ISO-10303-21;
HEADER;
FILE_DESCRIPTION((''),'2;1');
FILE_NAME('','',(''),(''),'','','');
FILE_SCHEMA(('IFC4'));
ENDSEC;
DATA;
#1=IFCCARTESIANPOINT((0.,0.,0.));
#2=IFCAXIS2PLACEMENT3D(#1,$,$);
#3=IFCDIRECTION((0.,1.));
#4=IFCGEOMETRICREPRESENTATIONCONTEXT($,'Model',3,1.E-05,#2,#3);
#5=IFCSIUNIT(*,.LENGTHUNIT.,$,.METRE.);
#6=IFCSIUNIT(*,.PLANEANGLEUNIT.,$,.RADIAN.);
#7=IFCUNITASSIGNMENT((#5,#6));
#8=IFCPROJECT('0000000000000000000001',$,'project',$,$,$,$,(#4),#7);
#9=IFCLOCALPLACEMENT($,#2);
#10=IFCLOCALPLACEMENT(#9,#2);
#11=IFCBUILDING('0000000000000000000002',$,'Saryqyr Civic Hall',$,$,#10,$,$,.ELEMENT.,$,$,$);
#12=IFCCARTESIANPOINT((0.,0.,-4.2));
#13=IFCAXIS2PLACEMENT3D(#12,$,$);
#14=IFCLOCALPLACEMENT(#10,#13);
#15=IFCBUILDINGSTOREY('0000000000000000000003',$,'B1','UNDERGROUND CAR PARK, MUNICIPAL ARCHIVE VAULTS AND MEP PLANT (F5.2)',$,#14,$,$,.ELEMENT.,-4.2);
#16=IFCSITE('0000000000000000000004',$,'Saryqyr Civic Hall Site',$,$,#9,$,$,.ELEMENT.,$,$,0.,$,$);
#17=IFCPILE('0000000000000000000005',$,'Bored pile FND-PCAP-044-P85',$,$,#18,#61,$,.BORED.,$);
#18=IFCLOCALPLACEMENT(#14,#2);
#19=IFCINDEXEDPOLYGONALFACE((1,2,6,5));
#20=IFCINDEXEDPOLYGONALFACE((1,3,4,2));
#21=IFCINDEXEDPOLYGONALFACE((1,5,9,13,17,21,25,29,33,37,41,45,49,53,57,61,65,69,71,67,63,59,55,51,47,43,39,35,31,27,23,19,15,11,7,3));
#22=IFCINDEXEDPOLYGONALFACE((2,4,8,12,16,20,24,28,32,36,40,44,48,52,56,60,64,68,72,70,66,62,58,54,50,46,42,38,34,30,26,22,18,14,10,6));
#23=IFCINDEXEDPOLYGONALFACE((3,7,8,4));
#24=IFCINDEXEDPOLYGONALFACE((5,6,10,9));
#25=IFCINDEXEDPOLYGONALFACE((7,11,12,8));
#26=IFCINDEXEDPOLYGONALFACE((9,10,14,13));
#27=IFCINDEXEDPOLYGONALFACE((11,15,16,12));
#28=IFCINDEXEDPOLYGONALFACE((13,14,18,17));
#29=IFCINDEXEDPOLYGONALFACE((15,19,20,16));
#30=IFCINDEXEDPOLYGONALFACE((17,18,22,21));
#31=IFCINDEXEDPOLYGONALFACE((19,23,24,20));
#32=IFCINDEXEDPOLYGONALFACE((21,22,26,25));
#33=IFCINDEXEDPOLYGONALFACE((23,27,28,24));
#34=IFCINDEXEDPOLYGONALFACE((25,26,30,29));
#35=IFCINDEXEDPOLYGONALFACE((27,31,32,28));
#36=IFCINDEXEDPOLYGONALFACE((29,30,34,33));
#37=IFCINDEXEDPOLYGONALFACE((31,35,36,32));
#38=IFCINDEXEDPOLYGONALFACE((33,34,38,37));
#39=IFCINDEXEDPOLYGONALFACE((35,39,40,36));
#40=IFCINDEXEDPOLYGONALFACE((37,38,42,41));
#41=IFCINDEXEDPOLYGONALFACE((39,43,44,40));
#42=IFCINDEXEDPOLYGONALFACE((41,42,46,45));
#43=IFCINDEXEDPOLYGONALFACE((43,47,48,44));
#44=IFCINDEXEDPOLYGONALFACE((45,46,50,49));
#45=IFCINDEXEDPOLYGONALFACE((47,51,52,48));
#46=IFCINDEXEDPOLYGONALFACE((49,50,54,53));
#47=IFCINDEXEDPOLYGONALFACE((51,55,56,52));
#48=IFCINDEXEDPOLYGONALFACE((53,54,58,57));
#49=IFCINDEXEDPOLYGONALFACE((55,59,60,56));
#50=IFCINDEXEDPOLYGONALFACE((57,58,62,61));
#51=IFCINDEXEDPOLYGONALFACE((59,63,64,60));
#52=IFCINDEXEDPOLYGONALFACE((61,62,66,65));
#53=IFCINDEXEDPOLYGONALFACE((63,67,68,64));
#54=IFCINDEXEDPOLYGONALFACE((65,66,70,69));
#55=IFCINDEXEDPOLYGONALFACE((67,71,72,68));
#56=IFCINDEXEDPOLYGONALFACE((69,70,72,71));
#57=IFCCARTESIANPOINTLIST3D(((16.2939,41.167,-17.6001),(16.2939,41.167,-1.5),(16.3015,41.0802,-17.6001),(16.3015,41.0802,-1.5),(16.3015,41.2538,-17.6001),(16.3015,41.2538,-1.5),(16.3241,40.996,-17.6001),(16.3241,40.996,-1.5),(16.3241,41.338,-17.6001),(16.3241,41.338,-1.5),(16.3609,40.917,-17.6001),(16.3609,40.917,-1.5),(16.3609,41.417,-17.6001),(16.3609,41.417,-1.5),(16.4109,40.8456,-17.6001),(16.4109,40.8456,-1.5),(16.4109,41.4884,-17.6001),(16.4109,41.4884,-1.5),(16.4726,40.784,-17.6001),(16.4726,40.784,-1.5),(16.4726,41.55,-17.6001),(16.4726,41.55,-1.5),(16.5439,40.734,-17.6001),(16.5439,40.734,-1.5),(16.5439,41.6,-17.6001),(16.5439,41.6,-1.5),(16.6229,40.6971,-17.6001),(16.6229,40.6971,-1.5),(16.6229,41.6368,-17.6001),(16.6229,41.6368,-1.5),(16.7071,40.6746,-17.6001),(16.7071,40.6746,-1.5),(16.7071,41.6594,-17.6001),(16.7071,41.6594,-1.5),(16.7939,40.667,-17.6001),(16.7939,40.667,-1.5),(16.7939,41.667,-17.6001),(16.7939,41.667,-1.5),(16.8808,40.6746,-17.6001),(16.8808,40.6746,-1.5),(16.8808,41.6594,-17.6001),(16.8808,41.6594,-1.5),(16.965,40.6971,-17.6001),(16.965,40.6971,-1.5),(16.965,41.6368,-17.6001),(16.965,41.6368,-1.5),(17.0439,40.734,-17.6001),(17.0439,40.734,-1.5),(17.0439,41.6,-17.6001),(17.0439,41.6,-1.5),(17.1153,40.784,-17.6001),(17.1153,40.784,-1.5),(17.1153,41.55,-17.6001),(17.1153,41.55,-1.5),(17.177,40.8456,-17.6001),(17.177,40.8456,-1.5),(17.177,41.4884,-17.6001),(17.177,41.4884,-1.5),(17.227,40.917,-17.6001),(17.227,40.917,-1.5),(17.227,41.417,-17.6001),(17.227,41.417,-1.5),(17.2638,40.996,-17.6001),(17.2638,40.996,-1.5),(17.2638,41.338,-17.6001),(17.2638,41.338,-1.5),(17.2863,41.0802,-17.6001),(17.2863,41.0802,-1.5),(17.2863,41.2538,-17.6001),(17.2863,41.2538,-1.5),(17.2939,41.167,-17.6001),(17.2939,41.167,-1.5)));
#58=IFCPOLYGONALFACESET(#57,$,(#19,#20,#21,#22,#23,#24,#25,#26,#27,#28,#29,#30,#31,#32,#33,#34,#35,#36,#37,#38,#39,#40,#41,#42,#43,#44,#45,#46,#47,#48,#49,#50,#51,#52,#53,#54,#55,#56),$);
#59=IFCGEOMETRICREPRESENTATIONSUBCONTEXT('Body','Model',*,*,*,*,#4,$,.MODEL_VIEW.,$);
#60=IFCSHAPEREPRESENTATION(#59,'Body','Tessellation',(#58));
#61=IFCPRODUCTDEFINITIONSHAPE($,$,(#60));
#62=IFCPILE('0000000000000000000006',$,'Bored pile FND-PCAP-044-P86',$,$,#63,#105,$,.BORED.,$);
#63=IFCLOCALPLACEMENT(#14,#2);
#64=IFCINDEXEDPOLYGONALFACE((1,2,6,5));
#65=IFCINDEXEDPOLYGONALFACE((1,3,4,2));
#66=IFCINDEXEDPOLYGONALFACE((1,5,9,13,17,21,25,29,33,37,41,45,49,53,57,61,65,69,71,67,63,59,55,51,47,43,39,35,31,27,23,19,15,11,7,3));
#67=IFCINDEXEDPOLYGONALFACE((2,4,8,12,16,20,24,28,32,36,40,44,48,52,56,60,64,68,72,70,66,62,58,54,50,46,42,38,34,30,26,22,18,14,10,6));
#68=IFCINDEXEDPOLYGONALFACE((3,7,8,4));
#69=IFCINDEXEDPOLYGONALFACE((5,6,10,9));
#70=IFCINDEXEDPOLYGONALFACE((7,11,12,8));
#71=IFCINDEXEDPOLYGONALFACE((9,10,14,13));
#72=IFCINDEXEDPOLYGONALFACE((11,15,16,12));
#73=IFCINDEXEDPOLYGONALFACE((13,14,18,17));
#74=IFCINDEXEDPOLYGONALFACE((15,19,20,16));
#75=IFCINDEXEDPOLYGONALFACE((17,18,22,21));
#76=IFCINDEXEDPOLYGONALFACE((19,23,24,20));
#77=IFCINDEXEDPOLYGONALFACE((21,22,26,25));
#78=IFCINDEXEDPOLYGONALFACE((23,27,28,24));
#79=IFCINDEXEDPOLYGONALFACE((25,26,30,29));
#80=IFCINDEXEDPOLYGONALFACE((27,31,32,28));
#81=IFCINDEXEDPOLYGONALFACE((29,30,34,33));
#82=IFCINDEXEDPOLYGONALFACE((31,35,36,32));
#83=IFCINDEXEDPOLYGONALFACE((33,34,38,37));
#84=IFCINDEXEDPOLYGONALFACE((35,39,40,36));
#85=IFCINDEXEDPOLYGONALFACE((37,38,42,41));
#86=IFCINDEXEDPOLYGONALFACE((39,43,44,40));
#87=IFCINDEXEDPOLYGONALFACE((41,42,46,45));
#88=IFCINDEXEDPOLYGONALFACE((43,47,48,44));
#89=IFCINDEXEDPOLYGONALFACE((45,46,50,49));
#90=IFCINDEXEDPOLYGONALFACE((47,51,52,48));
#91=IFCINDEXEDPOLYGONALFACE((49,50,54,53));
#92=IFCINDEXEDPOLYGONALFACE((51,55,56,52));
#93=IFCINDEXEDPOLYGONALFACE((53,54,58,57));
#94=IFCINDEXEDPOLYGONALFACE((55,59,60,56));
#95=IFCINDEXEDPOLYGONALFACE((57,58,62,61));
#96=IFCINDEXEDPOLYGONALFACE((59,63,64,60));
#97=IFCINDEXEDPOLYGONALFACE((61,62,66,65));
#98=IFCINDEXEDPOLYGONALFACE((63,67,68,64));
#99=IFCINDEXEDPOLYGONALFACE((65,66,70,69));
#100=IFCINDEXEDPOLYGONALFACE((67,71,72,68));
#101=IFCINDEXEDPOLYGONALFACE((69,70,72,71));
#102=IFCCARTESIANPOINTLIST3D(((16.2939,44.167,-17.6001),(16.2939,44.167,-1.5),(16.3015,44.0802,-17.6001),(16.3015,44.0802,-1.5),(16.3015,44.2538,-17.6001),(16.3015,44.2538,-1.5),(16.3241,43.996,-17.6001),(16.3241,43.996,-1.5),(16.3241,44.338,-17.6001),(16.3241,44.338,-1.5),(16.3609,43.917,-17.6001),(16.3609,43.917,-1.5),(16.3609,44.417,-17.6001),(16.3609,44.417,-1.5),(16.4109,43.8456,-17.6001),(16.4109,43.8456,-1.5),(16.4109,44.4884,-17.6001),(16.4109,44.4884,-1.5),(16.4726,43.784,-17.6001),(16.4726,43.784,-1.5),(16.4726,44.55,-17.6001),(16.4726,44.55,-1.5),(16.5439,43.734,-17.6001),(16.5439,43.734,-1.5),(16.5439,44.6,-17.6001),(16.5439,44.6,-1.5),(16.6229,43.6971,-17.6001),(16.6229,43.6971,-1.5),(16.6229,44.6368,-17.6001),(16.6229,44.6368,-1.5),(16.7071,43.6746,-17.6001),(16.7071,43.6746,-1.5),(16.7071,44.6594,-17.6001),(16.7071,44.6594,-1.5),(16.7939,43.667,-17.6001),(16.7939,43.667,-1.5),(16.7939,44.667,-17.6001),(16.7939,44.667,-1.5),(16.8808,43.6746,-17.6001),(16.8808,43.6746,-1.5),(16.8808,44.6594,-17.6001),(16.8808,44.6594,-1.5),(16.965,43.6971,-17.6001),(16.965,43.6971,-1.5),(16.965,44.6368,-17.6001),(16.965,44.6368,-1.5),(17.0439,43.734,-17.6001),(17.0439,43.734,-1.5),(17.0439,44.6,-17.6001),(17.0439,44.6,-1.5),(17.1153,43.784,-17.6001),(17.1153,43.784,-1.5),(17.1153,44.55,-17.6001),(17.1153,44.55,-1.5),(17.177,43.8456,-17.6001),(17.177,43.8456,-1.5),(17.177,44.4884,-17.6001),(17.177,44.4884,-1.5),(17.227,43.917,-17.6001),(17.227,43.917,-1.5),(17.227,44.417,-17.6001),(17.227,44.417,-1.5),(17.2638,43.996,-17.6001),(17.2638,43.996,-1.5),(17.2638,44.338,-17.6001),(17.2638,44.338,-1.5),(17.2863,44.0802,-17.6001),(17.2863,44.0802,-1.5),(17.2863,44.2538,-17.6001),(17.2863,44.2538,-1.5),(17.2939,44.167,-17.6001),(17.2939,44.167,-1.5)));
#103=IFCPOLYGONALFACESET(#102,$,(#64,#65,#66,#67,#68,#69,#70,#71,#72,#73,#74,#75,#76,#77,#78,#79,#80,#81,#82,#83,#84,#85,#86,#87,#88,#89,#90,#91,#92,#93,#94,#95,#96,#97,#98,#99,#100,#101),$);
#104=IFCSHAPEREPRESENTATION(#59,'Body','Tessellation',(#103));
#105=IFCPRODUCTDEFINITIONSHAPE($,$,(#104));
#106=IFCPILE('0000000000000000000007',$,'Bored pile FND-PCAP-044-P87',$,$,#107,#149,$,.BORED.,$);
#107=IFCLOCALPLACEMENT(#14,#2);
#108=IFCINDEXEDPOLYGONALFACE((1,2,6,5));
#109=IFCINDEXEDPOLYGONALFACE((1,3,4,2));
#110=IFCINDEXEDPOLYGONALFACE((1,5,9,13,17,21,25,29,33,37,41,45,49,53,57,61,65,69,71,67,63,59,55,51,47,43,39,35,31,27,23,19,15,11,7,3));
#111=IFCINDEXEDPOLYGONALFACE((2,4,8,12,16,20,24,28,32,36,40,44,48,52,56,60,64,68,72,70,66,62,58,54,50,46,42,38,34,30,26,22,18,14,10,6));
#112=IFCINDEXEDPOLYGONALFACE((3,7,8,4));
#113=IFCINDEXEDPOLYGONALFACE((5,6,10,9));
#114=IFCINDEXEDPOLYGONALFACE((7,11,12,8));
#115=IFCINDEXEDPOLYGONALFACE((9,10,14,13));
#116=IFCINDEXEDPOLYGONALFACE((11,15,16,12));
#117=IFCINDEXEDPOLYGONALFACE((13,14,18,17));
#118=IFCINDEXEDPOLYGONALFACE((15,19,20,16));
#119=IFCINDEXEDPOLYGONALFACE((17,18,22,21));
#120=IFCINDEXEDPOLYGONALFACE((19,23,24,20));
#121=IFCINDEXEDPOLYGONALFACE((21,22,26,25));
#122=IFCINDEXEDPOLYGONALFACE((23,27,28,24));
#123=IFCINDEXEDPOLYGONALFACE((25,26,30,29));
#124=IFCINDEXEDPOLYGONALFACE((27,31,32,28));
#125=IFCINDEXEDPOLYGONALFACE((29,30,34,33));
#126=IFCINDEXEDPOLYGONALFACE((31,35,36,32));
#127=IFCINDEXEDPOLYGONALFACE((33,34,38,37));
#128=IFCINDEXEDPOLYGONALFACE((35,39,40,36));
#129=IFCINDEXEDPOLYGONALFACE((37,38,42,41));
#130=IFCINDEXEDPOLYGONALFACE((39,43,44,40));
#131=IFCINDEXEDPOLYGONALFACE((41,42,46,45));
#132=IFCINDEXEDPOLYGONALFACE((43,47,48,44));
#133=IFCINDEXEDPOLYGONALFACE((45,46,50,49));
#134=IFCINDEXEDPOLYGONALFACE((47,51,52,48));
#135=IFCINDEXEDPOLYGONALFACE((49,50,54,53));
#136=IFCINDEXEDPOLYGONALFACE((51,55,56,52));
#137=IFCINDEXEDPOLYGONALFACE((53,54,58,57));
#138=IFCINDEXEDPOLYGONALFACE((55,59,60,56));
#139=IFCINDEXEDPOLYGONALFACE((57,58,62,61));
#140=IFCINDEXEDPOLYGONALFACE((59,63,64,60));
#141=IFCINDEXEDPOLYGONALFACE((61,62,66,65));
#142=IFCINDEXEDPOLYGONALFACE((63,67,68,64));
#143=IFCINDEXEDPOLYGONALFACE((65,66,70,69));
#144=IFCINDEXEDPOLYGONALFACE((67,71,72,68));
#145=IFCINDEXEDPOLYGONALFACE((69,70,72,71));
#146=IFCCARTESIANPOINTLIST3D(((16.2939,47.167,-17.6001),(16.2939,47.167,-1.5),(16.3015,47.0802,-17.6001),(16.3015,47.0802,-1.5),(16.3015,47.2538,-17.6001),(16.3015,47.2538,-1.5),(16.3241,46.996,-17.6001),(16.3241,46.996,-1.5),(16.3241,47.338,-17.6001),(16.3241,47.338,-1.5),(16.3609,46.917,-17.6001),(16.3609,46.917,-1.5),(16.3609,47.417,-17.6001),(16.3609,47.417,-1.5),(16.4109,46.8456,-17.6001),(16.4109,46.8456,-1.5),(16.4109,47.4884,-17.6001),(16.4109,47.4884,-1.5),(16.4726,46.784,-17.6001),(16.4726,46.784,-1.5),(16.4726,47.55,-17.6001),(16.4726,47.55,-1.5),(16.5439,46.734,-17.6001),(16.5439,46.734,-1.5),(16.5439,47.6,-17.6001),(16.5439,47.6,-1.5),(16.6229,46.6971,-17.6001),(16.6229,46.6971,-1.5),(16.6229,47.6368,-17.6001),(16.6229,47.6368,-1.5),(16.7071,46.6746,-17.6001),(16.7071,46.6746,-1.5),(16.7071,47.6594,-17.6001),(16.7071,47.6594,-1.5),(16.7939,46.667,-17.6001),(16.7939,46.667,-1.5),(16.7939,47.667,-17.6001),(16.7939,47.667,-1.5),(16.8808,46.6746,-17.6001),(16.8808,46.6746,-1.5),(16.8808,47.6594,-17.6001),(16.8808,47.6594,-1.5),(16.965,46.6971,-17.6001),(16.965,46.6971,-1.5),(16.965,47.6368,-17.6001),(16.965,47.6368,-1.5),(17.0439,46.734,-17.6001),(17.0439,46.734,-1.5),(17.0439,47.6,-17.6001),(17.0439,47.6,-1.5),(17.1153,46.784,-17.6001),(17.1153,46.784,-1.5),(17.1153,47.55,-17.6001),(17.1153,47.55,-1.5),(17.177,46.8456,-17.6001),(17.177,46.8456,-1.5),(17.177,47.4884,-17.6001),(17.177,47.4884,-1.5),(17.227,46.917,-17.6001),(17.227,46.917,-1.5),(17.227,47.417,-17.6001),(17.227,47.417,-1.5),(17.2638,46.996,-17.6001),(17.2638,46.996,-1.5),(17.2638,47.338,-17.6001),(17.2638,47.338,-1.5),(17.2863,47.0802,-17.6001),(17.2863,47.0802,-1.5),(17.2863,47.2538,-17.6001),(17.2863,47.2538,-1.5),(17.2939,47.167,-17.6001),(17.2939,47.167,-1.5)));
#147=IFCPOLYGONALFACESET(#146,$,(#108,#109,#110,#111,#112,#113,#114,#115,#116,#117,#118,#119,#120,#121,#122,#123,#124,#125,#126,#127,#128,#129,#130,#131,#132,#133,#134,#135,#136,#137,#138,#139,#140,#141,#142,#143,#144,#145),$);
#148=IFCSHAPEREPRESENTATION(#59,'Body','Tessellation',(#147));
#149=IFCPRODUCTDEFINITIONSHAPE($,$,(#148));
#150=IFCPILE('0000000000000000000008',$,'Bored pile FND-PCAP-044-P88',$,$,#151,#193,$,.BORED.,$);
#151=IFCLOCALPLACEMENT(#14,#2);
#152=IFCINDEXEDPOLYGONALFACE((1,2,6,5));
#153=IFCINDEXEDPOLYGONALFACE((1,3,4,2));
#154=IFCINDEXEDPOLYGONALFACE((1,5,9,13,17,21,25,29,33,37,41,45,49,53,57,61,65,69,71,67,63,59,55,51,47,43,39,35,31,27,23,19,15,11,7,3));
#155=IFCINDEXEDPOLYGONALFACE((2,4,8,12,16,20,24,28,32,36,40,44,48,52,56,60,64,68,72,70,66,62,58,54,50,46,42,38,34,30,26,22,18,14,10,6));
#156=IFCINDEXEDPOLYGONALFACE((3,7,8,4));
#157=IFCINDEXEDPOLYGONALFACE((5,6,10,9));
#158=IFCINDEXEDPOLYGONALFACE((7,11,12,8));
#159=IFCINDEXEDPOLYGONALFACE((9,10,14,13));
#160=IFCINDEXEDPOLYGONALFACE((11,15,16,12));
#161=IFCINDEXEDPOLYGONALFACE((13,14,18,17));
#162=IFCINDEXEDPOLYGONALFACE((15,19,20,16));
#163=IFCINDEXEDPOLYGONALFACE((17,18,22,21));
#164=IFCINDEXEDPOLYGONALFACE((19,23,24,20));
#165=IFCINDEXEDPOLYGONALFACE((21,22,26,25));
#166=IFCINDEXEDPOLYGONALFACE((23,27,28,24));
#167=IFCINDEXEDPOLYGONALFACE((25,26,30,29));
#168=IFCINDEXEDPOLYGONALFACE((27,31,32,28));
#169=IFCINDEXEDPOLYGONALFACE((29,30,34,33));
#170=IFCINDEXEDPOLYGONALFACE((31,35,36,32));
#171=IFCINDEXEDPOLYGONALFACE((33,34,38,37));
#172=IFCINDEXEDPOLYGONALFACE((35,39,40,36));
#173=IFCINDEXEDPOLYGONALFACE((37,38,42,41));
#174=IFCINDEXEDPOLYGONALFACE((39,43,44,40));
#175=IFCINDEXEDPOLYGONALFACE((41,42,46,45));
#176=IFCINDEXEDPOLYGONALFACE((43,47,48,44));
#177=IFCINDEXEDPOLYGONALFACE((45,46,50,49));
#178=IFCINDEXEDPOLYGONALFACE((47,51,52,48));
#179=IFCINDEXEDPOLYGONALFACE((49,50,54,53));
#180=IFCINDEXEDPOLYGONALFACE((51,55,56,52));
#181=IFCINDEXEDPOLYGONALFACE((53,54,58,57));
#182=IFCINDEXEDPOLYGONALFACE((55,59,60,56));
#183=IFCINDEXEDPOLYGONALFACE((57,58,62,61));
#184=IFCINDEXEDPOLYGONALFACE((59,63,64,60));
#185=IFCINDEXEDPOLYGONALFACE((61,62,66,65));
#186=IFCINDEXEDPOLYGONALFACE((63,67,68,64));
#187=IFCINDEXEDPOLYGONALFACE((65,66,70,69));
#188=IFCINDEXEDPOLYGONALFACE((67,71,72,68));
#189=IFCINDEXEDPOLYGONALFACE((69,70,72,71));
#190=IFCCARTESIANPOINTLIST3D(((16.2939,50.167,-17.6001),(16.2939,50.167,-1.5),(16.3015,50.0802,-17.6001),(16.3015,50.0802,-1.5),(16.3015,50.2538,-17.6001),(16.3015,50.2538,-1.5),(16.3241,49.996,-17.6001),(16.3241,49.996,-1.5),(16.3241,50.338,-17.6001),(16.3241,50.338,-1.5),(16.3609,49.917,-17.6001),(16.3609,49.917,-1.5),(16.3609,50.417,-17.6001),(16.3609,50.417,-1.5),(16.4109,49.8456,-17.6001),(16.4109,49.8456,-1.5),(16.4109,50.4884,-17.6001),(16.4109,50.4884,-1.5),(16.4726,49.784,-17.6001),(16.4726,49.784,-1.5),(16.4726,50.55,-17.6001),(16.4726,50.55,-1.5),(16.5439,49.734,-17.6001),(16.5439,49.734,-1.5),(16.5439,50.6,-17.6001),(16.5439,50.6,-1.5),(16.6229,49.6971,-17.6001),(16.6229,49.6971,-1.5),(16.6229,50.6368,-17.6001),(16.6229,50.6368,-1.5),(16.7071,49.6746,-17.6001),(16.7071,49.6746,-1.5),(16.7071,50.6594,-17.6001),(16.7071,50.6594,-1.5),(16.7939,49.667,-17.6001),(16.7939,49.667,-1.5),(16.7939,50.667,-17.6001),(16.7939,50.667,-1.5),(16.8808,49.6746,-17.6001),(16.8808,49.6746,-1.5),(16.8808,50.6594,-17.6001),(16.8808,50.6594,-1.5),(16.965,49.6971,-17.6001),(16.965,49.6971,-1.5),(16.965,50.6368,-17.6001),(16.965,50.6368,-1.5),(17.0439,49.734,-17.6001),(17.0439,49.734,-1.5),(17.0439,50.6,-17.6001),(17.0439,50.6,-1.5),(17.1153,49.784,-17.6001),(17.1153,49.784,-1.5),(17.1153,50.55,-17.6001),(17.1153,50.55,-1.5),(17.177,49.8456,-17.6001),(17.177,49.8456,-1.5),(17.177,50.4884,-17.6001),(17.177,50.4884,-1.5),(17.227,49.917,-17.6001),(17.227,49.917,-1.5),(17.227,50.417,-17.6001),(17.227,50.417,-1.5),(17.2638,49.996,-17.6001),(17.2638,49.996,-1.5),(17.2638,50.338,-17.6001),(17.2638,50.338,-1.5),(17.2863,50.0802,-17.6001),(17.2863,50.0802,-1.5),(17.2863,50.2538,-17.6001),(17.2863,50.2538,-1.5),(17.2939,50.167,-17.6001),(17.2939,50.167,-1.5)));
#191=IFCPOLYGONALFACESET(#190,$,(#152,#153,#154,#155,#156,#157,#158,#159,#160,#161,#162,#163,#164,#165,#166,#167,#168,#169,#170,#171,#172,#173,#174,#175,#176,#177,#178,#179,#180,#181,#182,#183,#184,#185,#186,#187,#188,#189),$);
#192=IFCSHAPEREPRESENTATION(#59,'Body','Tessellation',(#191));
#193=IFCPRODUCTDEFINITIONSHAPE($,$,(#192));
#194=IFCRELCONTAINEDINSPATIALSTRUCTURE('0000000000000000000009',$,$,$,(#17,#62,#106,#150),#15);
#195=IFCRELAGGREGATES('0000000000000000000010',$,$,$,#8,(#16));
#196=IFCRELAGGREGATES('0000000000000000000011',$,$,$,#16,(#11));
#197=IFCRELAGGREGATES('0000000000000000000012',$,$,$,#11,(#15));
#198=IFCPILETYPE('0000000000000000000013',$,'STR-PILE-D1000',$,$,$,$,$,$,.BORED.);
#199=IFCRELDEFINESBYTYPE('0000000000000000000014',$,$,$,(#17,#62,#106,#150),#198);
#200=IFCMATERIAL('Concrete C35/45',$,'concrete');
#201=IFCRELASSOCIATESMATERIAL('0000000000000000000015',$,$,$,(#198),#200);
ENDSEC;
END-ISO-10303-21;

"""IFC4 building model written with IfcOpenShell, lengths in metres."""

from ifc_helpers import new_model, si_unit, direction, frame, origin, origin_2d, place, context, subcontext, project, spatial, circle, extrude, material, material_profile, profile_set, type_object, element, save


model = new_model("IFC4")

# Units and contexts
model_context = context("Model", 3, precision=1e-05, world=origin(), true_north=direction((0.0, 1.0)))
body_context = subcontext(model_context, "Body", "Model", "MODEL_VIEW")
ifc_project = project(units=[si_unit("LENGTHUNIT", "METRE"), si_unit("PLANEANGLEUNIT", "RADIAN")], contexts=[model_context])

# Site, building, storey
site_placement = place(None, origin())
site = spatial("IfcSite", under=ifc_project, at=site_placement, Name="Saryqyr Civic Hall Site", CompositionType="ELEMENT", RefElevation=0.0)
building_placement = place(site_placement, origin())
building = spatial("IfcBuilding", under=site, at=building_placement, Name="Saryqyr Civic Hall", CompositionType="ELEMENT")
storey_placement = place(building_placement, frame((0.0, 0.0, -4.2)))
storey = spatial("IfcBuildingStorey", under=building, at=storey_placement, Name="B1", Description="UNDERGROUND CAR PARK, MUNICIPAL ARCHIVE VAULTS AND MEP PLANT (F5.2)", CompositionType="ELEMENT", Elevation=-4.2)

# Piles
ifc_material_1 = material(Name="Concrete C35/45", Category="concrete")
ifc_material_profile = material_profile(ifc_material_1, circle(Radius=0.5, at=origin_2d()), Name="BORED PILE D1000")
ifc_profile_set = profile_set([ifc_material_profile], Name="Concrete C35/45")
pile_type = type_object("IfcPileType", Name="STR-PILE-D1000", PredefinedType="BORED", material=ifc_profile_set)
for number, where, z_axis, x_axis, name in (
    (1, (16.7939, 41.167, -1.5), (0.0, 0.0, -1.0), (1.0, 0.0, 0.0), "Bored pile FND-PCAP-044-P85"),
    (2, (16.7939, 44.167, -1.5), (0.0, 0.0, -1.0), (1.0, 0.0, 0.0), "Bored pile FND-PCAP-044-P86"),
    (3, (16.7939, 47.167, -1.5), (0.0, 0.0, -1.0), (1.0, 0.0, 0.0), "Bored pile FND-PCAP-044-P87"),
    (4, (16.7939, 50.167, -1.5), (0.0, 0.0, -1.0), (1.0, 0.0, 0.0), "Bored pile FND-PCAP-044-P88"),
):
    element("IfcPile", number, at=place(storey_placement, frame(where, z_axis=z_axis, x_axis=x_axis)), inside=storey, type_object=pile_type, Name=name, PredefinedType="BORED", context=body_context, shape_type="SweptSolid", body=[
        extrude(circle(Radius=0.5, at=origin_2d()), origin(), (0.0, 0.0, 1.0), 16.1001),
    ])

save(model, "model.ifc")
